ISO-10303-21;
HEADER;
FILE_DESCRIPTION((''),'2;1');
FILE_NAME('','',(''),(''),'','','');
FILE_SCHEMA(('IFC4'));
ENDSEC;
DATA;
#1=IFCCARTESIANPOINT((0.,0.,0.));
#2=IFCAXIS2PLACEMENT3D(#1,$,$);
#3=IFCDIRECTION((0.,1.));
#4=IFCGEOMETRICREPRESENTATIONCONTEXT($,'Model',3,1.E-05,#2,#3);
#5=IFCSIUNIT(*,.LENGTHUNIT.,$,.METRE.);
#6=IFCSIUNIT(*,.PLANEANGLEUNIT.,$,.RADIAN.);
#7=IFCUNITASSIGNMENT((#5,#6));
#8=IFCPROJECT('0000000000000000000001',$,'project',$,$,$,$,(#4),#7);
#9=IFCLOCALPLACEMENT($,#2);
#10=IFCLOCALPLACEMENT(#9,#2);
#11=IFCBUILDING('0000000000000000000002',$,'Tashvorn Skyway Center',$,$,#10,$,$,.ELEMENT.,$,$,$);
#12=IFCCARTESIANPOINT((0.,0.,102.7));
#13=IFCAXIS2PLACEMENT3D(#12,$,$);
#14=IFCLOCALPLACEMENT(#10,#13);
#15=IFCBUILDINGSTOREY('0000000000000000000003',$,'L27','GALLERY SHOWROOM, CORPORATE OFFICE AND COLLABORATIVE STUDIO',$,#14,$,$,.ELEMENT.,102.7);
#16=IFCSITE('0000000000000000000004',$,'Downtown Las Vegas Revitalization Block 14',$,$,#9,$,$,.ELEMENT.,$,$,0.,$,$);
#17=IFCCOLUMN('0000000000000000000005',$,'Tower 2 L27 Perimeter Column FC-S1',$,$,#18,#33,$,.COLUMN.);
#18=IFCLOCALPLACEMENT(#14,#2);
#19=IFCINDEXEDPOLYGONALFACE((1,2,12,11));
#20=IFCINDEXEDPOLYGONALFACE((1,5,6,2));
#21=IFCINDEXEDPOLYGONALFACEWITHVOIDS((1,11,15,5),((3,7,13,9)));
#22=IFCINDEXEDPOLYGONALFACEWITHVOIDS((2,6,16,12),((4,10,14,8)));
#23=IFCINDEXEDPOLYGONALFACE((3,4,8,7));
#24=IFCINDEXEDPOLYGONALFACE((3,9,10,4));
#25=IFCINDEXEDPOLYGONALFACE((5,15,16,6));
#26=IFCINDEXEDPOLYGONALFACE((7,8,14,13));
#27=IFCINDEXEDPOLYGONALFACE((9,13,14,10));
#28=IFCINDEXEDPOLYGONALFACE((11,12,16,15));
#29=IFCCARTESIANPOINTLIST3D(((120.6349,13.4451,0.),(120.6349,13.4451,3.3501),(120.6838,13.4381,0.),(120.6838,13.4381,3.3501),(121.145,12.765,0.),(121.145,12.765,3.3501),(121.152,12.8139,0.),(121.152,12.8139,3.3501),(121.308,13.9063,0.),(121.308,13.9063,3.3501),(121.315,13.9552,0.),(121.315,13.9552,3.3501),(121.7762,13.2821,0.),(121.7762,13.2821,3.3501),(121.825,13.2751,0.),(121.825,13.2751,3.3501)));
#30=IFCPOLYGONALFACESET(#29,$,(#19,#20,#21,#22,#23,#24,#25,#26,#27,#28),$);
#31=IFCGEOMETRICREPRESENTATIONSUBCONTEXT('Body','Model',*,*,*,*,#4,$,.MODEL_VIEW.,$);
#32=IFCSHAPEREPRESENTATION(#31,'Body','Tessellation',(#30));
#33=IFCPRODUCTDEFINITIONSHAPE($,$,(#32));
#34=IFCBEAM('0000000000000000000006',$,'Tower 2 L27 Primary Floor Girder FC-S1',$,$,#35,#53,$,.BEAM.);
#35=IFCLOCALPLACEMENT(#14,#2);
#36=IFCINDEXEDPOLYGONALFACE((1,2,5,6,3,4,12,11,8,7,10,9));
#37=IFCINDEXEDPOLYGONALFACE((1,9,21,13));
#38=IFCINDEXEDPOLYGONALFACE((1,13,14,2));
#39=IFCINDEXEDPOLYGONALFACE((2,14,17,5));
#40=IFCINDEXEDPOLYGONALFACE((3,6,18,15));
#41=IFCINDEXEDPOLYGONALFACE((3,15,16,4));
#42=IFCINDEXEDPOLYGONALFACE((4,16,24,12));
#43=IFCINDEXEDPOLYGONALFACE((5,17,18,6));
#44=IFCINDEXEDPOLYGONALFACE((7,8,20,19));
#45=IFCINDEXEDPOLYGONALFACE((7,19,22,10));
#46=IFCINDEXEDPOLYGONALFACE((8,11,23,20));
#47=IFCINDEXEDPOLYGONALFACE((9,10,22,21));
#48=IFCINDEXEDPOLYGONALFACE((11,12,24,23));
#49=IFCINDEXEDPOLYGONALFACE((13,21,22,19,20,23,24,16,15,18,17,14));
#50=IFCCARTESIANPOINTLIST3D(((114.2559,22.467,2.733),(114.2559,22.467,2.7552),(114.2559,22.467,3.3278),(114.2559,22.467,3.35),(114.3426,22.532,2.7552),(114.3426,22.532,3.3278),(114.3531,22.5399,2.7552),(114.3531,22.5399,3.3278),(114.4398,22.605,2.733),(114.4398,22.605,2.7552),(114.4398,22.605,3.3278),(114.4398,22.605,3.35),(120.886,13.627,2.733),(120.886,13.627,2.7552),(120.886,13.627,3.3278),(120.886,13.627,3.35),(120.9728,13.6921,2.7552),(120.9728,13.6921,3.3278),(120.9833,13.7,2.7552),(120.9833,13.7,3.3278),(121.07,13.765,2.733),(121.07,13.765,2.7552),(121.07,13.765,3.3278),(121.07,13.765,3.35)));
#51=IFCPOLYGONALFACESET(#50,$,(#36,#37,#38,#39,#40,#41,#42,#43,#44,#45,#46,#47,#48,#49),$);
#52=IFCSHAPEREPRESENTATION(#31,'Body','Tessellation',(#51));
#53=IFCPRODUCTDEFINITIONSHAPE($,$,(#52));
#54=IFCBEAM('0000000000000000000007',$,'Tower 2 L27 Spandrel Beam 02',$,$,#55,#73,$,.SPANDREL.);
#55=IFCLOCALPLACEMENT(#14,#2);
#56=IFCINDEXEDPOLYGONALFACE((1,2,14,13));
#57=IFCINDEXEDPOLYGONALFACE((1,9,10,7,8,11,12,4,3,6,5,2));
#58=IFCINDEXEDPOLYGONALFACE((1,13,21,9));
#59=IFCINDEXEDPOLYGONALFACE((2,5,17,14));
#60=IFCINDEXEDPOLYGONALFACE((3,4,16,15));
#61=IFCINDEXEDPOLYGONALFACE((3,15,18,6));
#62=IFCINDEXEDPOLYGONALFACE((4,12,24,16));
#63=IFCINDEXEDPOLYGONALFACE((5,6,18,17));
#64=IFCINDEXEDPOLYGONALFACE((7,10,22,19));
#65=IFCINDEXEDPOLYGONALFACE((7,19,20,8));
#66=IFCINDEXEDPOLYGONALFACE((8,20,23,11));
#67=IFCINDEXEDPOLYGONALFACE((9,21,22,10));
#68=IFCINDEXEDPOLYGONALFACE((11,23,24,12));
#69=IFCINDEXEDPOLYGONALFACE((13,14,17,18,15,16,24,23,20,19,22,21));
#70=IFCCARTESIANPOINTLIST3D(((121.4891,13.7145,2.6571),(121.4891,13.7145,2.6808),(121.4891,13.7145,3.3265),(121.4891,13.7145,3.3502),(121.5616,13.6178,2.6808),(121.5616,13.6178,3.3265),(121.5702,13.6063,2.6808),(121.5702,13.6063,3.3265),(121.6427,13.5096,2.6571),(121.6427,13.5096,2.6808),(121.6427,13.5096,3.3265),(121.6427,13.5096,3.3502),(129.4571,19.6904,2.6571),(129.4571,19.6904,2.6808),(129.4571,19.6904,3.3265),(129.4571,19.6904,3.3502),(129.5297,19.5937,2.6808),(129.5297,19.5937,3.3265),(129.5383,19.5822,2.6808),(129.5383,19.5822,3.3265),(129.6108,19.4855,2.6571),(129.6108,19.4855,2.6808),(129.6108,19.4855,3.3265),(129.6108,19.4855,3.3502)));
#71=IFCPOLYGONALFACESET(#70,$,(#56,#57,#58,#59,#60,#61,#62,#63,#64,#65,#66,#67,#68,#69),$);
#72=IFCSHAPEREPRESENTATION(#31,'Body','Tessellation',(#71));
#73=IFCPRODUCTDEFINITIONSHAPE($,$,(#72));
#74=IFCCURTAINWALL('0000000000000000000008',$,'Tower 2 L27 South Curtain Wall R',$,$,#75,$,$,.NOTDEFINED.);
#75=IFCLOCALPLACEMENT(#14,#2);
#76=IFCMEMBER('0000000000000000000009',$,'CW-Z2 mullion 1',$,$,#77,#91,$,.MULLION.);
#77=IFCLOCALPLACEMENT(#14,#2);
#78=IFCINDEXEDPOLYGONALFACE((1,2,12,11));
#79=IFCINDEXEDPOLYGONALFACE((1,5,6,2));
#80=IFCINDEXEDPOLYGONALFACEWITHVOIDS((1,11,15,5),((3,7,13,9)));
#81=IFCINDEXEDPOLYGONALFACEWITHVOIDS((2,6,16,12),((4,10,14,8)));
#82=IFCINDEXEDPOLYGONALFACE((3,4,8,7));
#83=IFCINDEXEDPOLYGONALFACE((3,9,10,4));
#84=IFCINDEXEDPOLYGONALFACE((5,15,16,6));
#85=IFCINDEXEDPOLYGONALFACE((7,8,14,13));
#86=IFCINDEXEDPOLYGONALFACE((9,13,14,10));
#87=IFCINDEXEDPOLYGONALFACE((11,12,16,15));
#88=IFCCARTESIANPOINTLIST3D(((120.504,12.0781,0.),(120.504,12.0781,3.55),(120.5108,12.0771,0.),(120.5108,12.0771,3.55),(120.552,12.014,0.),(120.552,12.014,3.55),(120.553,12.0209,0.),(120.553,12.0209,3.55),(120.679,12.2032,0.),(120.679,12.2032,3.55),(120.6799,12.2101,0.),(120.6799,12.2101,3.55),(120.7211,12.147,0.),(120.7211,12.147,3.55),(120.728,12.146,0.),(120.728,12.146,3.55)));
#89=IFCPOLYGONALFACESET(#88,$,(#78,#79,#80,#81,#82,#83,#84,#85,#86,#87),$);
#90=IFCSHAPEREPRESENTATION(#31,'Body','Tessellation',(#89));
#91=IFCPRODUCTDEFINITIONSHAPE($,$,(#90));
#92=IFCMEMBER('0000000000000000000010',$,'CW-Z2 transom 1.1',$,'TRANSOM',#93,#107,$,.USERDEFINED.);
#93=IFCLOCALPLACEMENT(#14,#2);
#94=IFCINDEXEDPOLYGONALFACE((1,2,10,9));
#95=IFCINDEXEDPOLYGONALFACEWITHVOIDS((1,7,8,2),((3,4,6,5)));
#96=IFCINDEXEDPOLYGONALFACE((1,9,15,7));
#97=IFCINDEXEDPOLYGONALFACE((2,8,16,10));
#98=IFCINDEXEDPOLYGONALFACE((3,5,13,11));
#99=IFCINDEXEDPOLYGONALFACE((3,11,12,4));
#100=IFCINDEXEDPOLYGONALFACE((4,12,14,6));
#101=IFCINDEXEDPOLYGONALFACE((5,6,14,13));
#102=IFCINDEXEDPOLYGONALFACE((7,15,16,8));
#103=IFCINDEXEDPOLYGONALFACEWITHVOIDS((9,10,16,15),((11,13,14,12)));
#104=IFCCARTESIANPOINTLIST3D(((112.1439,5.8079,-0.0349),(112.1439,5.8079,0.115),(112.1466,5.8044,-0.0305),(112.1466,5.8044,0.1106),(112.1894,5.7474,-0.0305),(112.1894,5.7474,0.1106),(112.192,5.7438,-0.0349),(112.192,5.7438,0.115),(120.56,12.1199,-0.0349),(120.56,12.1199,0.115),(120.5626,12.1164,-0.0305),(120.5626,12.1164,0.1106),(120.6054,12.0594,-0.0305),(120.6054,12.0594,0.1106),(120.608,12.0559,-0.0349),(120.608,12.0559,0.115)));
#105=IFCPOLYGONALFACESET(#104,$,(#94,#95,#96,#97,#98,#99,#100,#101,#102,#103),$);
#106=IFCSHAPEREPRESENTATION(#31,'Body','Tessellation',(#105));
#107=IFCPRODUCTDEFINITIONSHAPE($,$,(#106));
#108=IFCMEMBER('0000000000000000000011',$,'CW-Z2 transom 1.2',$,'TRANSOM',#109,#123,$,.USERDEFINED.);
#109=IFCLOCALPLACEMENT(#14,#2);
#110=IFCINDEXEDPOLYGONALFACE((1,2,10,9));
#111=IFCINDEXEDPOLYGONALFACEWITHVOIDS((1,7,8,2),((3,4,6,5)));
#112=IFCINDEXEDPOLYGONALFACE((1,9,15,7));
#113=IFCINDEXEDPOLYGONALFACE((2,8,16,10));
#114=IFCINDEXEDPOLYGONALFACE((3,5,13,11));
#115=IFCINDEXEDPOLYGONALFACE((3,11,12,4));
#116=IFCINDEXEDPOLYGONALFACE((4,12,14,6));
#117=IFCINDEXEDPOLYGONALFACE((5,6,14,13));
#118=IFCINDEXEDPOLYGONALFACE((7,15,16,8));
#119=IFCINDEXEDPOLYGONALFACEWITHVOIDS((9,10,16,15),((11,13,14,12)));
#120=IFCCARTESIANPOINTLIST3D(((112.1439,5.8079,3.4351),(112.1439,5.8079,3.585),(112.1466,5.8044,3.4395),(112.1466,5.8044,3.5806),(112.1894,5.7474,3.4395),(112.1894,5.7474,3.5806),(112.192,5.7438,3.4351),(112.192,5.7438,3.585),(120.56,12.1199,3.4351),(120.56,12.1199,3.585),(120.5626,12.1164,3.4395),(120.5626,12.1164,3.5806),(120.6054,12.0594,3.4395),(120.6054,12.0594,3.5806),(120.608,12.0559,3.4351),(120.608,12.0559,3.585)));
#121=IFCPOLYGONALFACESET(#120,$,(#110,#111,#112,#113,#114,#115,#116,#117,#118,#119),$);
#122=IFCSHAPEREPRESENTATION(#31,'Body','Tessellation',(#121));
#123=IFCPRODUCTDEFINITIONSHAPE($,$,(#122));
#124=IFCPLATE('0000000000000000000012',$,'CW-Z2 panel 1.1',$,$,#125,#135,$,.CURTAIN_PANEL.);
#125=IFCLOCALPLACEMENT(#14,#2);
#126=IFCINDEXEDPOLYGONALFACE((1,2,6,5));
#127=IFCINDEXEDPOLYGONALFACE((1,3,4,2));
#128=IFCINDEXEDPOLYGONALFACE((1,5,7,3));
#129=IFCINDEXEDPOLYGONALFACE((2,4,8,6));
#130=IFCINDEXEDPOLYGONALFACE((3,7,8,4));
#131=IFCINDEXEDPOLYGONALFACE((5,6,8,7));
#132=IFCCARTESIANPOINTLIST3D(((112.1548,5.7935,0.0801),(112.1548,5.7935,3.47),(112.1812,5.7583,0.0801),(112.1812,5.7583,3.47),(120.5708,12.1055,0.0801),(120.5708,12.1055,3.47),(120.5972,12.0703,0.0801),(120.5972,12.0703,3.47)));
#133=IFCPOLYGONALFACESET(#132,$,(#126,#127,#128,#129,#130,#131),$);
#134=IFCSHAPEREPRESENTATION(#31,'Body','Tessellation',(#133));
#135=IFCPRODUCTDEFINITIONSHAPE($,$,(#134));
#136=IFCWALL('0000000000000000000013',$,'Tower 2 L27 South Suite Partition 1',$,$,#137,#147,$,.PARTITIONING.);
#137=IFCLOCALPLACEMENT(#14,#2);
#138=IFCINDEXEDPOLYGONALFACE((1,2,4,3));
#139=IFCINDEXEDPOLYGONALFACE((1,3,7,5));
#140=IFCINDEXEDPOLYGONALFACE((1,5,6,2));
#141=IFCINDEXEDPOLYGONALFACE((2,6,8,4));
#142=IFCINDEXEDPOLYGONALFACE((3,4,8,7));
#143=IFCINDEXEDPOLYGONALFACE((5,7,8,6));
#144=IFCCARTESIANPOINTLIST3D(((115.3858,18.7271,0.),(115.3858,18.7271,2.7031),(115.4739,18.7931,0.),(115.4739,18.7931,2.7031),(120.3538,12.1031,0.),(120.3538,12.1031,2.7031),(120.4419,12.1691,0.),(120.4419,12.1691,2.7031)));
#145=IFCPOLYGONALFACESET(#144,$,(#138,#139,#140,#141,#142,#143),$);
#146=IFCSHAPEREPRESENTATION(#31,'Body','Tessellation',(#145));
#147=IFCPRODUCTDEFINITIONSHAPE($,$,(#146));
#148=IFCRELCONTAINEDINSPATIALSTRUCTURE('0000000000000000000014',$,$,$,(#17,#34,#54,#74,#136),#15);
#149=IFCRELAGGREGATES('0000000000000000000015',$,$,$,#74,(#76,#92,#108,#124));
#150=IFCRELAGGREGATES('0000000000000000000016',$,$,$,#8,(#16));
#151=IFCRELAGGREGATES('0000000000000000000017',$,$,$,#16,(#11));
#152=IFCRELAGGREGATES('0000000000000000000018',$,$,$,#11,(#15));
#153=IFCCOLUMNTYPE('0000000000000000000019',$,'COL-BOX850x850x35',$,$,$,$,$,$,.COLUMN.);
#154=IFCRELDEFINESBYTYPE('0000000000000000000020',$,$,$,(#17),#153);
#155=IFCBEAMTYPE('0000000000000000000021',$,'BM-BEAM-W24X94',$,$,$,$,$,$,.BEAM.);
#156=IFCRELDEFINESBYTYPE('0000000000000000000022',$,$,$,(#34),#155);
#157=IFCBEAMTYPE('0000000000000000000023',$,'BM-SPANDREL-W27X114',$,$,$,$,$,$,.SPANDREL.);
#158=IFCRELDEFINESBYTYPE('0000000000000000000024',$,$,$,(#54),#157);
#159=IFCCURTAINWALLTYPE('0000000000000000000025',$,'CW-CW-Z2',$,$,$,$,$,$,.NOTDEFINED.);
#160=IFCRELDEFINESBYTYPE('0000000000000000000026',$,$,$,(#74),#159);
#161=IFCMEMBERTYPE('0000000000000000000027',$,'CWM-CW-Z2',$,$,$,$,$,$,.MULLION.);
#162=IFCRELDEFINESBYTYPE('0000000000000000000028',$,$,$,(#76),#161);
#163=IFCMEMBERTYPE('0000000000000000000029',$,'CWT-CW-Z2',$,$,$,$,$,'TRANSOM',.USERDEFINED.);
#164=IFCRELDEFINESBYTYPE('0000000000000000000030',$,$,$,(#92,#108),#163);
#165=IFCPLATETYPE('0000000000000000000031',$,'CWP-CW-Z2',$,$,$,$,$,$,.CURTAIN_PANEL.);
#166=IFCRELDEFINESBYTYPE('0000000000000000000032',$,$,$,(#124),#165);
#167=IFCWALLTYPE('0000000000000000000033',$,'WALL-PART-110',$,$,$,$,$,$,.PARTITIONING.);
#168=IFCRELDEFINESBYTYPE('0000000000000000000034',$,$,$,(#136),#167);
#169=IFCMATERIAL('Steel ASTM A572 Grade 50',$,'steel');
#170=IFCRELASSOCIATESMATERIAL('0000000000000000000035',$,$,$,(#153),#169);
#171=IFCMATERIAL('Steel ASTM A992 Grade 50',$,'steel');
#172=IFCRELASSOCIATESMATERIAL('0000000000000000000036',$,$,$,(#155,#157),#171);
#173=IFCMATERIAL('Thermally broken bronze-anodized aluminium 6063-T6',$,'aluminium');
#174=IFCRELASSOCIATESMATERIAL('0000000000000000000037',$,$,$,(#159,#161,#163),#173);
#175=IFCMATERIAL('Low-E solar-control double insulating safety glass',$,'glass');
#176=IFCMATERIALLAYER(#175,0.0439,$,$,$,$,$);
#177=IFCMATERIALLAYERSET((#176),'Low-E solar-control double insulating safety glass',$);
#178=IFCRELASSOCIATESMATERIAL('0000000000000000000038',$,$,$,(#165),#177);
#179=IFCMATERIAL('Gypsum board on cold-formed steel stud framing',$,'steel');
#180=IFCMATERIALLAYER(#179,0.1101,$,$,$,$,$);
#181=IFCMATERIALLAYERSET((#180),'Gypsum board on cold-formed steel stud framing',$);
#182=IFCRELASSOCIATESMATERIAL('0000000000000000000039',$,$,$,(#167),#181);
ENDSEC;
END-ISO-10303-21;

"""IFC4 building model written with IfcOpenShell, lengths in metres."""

from ifc_helpers import new_model, si_unit, direction, frame, frame_2d, origin, origin_2d, place, context, subcontext, project, spatial, rectangle, hollow_rectangle, i_section, extrude, material, layer, layer_set, material_profile, profile_set, type_object, element, aggregate, save


model = new_model("IFC4")

# Units and contexts
model_context = context("Model", 3, precision=1e-05, world=origin(), true_north=direction((0.0, 1.0)))
body_context = subcontext(model_context, "Body", "Model", "MODEL_VIEW")
ifc_project = project(units=[si_unit("LENGTHUNIT", "METRE"), si_unit("PLANEANGLEUNIT", "RADIAN")], contexts=[model_context])

# Site, building, storey
site_placement = place(None, origin())
site = spatial("IfcSite", under=ifc_project, at=site_placement, Name="Downtown Las Vegas Revitalization Block 14", CompositionType="ELEMENT", RefElevation=0.0)
building_placement = place(site_placement, origin())
building = spatial("IfcBuilding", under=site, at=building_placement, Name="Tashvorn Skyway Center", CompositionType="ELEMENT")
storey_placement = place(building_placement, frame((0.0, 0.0, 102.7)))
storey = spatial("IfcBuildingStorey", under=building, at=storey_placement, Name="L27", Description="GALLERY SHOWROOM, CORPORATE OFFICE AND COLLABORATIVE STUDIO", CompositionType="ELEMENT", Elevation=102.7)

# Column
ifc_material_1 = material(Name="Steel ASTM A572 Grade 50", Category="steel")
ifc_material_profile_1 = material_profile(ifc_material_1, hollow_rectangle(XDim=0.8501, YDim=0.8501, WallThickness=0.0349, at=origin_2d()), Name="BOX850x850x35")
ifc_profile_set_1 = profile_set([ifc_material_profile_1], Name="Steel ASTM A572 Grade 50")
column_type = type_object("IfcColumnType", Name="COL-BOX850x850x35", PredefinedType="COLUMN", material=ifc_profile_set_1)
column_placement = place(storey_placement, frame((121.23, 13.3601, 0.0), z_axis=(0.0, 0.0, 1.0), x_axis=(0.8, 0.6, 0.0)))
element("IfcColumn", 1, at=column_placement, inside=storey, type_object=column_type, Name="Tower 2 L27 Perimeter Column FC-S1", PredefinedType="COLUMN", context=body_context, shape_type="SweptSolid", body=[
    extrude(hollow_rectangle(XDim=0.8501, YDim=0.8501, WallThickness=0.0349, at=origin_2d()), origin(), (0.0, 0.0, 1.0), 3.3501),
])

# Beams
ifc_material_2 = material(Name="Steel ASTM A992 Grade 50", Category="steel")
ifc_material_profile_2 = material_profile(ifc_material_2, i_section(OverallWidth=0.23, OverallDepth=0.6169, WebThickness=0.0132, FlangeThickness=0.0222, at=origin_2d()), Name="W24X94")
ifc_profile_set_2 = profile_set([ifc_material_profile_2], Name="Steel ASTM A992 Grade 50")
beam_type_1 = type_object("IfcBeamType", Name="BM-BEAM-W24X94", PredefinedType="BEAM", material=ifc_profile_set_2)
beam_1_placement = place(storey_placement, frame((120.978, 13.696, 3.0415), z_axis=(-0.600014, 0.799989, 0.0), x_axis=(-0.799989, -0.600014, 0.0)))
element("IfcBeam", 2, at=beam_1_placement, inside=storey, type_object=beam_type_1, Name="Tower 2 L27 Primary Floor Girder FC-S1", PredefinedType="BEAM", context=body_context, shape_type="SweptSolid", body=[
    extrude(i_section(OverallWidth=0.23, OverallDepth=0.6169, WebThickness=0.0132, FlangeThickness=0.0222, at=origin_2d()), origin(), (0.0, 0.0, 1.0), 11.05),
])
ifc_material_profile_3 = material_profile(ifc_material_2, i_section(OverallWidth=0.2561, OverallDepth=0.6931, WebThickness=0.0144, FlangeThickness=0.0237, at=origin_2d()), Name="W27X114")
ifc_profile_set_3 = profile_set([ifc_material_profile_3], Name="Steel ASTM A992 Grade 50")
beam_type_2 = type_object("IfcBeamType", Name="BM-SPANDREL-W27X114", PredefinedType="SPANDREL", material=ifc_profile_set_3)
beam_2_placement = place(storey_placement, frame((121.5659, 13.6121, 3.0037), z_axis=(0.800009, 0.599988, 0.0), x_axis=(-0.599988, 0.800009, 0.0)))
element("IfcBeam", 3, at=beam_2_placement, inside=storey, type_object=beam_type_2, Name="Tower 2 L27 Spandrel Beam 02", PredefinedType="SPANDREL", context=body_context, shape_type="SweptSolid", body=[
    extrude(i_section(OverallWidth=0.2561, OverallDepth=0.6931, WebThickness=0.0144, FlangeThickness=0.0237, at=origin_2d()), origin(), (0.0, 0.0, 1.0), 9.96),
])

# Curtain wall, members, plate
ifc_material_3 = material(Name="Thermally broken bronze-anodized aluminium 6063-T6", Category="aluminium")
curtain_wall_type = type_object("IfcCurtainWallType", Name="CW-CW-Z2", PredefinedType="NOTDEFINED", material=ifc_material_3)
curtain_wall_placement = place(storey_placement, origin())
curtain_wall = element("IfcCurtainWall", 4, at=curtain_wall_placement, inside=storey, type_object=curtain_wall_type, Name="Tower 2 L27 South Curtain Wall R", PredefinedType="NOTDEFINED")
ifc_material_profile_4 = material_profile(ifc_material_3, hollow_rectangle(XDim=0.0801, YDim=0.22, WallThickness=0.0049, at=origin_2d()), Name="ALU-MULL-80x220")
ifc_profile_set_4 = profile_set([ifc_material_profile_4], Name="Thermally broken bronze-anodized aluminium 6063-T6")
member_type_1 = type_object("IfcMemberType", Name="CWM-CW-Z2", PredefinedType="MULLION", material=ifc_profile_set_4)
member_1_placement = place(storey_placement, frame((120.616, 12.1121, 0.0), z_axis=(0.0, 0.0, 1.0), x_axis=(0.6, -0.8, 0.0)))
member_1 = element("IfcMember", 5, at=member_1_placement, type_object=member_type_1, Name="CW-Z2 mullion 1", PredefinedType="MULLION", context=body_context, shape_type="SweptSolid", body=[
    extrude(hollow_rectangle(XDim=0.0801, YDim=0.22, WallThickness=0.0049, at=origin_2d()), origin(), (0.0, 0.0, 1.0), 3.55),
])
ifc_material_profile_5 = material_profile(ifc_material_3, hollow_rectangle(XDim=0.0801, YDim=0.1499, WallThickness=0.0044, at=origin_2d()), Name="ALU-TRAN-80x150")
ifc_profile_set_5 = profile_set([ifc_material_profile_5], Name="Thermally broken bronze-anodized aluminium 6063-T6")
member_type_2 = type_object("IfcMemberType", Name="CWT-CW-Z2", ElementType="TRANSOM", PredefinedType="USERDEFINED", material=ifc_profile_set_5)
member_2_placement = place(storey_placement, frame((120.584, 12.0879, 0.04), z_axis=(-0.8, -0.6, 0.0), x_axis=(0.6, -0.8, 0.0)))
member_2 = element("IfcMember", 6, at=member_2_placement, type_object=member_type_2, Name="CW-Z2 transom 1.1", ObjectType="TRANSOM", PredefinedType="USERDEFINED", context=body_context, shape_type="SweptSolid", body=[
    extrude(hollow_rectangle(XDim=0.0801, YDim=0.1499, WallThickness=0.0044, at=origin_2d()), origin(), (0.0, 0.0, 1.0), 10.52),
])
member_3_placement = place(storey_placement, frame((120.584, 12.0879, 3.51), z_axis=(-0.8, -0.6, 0.0), x_axis=(0.6, -0.8, 0.0)))
member_3 = element("IfcMember", 7, at=member_3_placement, type_object=member_type_2, Name="CW-Z2 transom 1.2", ObjectType="TRANSOM", PredefinedType="USERDEFINED", context=body_context, shape_type="SweptSolid", body=[
    extrude(hollow_rectangle(XDim=0.0801, YDim=0.1499, WallThickness=0.0044, at=origin_2d()), origin(), (0.0, 0.0, 1.0), 10.52),
])
ifc_material_4 = material(Name="Low-E solar-control double insulating safety glass", Category="glass")
ifc_layer_1 = layer(ifc_material_4, 0.0439)
ifc_layer_set_1 = layer_set([ifc_layer_1], Name="Low-E solar-control double insulating safety glass")
plate_type = type_object("IfcPlateType", Name="CWP-CW-Z2", PredefinedType="CURTAIN_PANEL", material=ifc_layer_set_1)
plate_placement = place(storey_placement, frame((116.376, 8.9319, 0.0801), z_axis=(0.0, 0.0, 1.0), x_axis=(-0.8, -0.6, 0.0)))
plate = element("IfcPlate", 8, at=plate_placement, type_object=plate_type, Name="CW-Z2 panel 1.1", PredefinedType="CURTAIN_PANEL", context=body_context, shape_type="SweptSolid", body=[
    extrude(rectangle(XDim=10.52, YDim=0.0439, at=origin_2d()), origin(), (0.0, 0.0, 1.0), 3.3899),
])
aggregate(curtain_wall, [member_1, member_2, member_3, plate])

# Wall
ifc_material_5 = material(Name="Gypsum board on cold-formed steel stud framing", Category="steel")
ifc_layer_2 = layer(ifc_material_5, 0.1101)
ifc_layer_set_2 = layer_set([ifc_layer_2], Name="Gypsum board on cold-formed steel stud framing")
wall_type_1 = type_object("IfcWallType", Name="WALL-PART-110", PredefinedType="PARTITIONING", material=ifc_layer_set_2)
wall_1_placement = place(storey_placement, frame((120.3979, 12.136, 0.0), z_axis=(0.0, 0.0, 1.0), x_axis=(-0.6, 0.8, 0.0)))
element("IfcWall", 9, at=wall_1_placement, inside=storey, type_object=wall_type_1, Name="Tower 2 L27 South Suite Partition 1", PredefinedType="PARTITIONING", context=body_context, shape_type="SweptSolid", body=[
    extrude(rectangle(XDim=8.28, YDim=0.1101, at=frame_2d((4.1401, 0.0))), origin(), (0.0, 0.0, 1.0), 2.7031),
])

save(model, "model.ifc")
